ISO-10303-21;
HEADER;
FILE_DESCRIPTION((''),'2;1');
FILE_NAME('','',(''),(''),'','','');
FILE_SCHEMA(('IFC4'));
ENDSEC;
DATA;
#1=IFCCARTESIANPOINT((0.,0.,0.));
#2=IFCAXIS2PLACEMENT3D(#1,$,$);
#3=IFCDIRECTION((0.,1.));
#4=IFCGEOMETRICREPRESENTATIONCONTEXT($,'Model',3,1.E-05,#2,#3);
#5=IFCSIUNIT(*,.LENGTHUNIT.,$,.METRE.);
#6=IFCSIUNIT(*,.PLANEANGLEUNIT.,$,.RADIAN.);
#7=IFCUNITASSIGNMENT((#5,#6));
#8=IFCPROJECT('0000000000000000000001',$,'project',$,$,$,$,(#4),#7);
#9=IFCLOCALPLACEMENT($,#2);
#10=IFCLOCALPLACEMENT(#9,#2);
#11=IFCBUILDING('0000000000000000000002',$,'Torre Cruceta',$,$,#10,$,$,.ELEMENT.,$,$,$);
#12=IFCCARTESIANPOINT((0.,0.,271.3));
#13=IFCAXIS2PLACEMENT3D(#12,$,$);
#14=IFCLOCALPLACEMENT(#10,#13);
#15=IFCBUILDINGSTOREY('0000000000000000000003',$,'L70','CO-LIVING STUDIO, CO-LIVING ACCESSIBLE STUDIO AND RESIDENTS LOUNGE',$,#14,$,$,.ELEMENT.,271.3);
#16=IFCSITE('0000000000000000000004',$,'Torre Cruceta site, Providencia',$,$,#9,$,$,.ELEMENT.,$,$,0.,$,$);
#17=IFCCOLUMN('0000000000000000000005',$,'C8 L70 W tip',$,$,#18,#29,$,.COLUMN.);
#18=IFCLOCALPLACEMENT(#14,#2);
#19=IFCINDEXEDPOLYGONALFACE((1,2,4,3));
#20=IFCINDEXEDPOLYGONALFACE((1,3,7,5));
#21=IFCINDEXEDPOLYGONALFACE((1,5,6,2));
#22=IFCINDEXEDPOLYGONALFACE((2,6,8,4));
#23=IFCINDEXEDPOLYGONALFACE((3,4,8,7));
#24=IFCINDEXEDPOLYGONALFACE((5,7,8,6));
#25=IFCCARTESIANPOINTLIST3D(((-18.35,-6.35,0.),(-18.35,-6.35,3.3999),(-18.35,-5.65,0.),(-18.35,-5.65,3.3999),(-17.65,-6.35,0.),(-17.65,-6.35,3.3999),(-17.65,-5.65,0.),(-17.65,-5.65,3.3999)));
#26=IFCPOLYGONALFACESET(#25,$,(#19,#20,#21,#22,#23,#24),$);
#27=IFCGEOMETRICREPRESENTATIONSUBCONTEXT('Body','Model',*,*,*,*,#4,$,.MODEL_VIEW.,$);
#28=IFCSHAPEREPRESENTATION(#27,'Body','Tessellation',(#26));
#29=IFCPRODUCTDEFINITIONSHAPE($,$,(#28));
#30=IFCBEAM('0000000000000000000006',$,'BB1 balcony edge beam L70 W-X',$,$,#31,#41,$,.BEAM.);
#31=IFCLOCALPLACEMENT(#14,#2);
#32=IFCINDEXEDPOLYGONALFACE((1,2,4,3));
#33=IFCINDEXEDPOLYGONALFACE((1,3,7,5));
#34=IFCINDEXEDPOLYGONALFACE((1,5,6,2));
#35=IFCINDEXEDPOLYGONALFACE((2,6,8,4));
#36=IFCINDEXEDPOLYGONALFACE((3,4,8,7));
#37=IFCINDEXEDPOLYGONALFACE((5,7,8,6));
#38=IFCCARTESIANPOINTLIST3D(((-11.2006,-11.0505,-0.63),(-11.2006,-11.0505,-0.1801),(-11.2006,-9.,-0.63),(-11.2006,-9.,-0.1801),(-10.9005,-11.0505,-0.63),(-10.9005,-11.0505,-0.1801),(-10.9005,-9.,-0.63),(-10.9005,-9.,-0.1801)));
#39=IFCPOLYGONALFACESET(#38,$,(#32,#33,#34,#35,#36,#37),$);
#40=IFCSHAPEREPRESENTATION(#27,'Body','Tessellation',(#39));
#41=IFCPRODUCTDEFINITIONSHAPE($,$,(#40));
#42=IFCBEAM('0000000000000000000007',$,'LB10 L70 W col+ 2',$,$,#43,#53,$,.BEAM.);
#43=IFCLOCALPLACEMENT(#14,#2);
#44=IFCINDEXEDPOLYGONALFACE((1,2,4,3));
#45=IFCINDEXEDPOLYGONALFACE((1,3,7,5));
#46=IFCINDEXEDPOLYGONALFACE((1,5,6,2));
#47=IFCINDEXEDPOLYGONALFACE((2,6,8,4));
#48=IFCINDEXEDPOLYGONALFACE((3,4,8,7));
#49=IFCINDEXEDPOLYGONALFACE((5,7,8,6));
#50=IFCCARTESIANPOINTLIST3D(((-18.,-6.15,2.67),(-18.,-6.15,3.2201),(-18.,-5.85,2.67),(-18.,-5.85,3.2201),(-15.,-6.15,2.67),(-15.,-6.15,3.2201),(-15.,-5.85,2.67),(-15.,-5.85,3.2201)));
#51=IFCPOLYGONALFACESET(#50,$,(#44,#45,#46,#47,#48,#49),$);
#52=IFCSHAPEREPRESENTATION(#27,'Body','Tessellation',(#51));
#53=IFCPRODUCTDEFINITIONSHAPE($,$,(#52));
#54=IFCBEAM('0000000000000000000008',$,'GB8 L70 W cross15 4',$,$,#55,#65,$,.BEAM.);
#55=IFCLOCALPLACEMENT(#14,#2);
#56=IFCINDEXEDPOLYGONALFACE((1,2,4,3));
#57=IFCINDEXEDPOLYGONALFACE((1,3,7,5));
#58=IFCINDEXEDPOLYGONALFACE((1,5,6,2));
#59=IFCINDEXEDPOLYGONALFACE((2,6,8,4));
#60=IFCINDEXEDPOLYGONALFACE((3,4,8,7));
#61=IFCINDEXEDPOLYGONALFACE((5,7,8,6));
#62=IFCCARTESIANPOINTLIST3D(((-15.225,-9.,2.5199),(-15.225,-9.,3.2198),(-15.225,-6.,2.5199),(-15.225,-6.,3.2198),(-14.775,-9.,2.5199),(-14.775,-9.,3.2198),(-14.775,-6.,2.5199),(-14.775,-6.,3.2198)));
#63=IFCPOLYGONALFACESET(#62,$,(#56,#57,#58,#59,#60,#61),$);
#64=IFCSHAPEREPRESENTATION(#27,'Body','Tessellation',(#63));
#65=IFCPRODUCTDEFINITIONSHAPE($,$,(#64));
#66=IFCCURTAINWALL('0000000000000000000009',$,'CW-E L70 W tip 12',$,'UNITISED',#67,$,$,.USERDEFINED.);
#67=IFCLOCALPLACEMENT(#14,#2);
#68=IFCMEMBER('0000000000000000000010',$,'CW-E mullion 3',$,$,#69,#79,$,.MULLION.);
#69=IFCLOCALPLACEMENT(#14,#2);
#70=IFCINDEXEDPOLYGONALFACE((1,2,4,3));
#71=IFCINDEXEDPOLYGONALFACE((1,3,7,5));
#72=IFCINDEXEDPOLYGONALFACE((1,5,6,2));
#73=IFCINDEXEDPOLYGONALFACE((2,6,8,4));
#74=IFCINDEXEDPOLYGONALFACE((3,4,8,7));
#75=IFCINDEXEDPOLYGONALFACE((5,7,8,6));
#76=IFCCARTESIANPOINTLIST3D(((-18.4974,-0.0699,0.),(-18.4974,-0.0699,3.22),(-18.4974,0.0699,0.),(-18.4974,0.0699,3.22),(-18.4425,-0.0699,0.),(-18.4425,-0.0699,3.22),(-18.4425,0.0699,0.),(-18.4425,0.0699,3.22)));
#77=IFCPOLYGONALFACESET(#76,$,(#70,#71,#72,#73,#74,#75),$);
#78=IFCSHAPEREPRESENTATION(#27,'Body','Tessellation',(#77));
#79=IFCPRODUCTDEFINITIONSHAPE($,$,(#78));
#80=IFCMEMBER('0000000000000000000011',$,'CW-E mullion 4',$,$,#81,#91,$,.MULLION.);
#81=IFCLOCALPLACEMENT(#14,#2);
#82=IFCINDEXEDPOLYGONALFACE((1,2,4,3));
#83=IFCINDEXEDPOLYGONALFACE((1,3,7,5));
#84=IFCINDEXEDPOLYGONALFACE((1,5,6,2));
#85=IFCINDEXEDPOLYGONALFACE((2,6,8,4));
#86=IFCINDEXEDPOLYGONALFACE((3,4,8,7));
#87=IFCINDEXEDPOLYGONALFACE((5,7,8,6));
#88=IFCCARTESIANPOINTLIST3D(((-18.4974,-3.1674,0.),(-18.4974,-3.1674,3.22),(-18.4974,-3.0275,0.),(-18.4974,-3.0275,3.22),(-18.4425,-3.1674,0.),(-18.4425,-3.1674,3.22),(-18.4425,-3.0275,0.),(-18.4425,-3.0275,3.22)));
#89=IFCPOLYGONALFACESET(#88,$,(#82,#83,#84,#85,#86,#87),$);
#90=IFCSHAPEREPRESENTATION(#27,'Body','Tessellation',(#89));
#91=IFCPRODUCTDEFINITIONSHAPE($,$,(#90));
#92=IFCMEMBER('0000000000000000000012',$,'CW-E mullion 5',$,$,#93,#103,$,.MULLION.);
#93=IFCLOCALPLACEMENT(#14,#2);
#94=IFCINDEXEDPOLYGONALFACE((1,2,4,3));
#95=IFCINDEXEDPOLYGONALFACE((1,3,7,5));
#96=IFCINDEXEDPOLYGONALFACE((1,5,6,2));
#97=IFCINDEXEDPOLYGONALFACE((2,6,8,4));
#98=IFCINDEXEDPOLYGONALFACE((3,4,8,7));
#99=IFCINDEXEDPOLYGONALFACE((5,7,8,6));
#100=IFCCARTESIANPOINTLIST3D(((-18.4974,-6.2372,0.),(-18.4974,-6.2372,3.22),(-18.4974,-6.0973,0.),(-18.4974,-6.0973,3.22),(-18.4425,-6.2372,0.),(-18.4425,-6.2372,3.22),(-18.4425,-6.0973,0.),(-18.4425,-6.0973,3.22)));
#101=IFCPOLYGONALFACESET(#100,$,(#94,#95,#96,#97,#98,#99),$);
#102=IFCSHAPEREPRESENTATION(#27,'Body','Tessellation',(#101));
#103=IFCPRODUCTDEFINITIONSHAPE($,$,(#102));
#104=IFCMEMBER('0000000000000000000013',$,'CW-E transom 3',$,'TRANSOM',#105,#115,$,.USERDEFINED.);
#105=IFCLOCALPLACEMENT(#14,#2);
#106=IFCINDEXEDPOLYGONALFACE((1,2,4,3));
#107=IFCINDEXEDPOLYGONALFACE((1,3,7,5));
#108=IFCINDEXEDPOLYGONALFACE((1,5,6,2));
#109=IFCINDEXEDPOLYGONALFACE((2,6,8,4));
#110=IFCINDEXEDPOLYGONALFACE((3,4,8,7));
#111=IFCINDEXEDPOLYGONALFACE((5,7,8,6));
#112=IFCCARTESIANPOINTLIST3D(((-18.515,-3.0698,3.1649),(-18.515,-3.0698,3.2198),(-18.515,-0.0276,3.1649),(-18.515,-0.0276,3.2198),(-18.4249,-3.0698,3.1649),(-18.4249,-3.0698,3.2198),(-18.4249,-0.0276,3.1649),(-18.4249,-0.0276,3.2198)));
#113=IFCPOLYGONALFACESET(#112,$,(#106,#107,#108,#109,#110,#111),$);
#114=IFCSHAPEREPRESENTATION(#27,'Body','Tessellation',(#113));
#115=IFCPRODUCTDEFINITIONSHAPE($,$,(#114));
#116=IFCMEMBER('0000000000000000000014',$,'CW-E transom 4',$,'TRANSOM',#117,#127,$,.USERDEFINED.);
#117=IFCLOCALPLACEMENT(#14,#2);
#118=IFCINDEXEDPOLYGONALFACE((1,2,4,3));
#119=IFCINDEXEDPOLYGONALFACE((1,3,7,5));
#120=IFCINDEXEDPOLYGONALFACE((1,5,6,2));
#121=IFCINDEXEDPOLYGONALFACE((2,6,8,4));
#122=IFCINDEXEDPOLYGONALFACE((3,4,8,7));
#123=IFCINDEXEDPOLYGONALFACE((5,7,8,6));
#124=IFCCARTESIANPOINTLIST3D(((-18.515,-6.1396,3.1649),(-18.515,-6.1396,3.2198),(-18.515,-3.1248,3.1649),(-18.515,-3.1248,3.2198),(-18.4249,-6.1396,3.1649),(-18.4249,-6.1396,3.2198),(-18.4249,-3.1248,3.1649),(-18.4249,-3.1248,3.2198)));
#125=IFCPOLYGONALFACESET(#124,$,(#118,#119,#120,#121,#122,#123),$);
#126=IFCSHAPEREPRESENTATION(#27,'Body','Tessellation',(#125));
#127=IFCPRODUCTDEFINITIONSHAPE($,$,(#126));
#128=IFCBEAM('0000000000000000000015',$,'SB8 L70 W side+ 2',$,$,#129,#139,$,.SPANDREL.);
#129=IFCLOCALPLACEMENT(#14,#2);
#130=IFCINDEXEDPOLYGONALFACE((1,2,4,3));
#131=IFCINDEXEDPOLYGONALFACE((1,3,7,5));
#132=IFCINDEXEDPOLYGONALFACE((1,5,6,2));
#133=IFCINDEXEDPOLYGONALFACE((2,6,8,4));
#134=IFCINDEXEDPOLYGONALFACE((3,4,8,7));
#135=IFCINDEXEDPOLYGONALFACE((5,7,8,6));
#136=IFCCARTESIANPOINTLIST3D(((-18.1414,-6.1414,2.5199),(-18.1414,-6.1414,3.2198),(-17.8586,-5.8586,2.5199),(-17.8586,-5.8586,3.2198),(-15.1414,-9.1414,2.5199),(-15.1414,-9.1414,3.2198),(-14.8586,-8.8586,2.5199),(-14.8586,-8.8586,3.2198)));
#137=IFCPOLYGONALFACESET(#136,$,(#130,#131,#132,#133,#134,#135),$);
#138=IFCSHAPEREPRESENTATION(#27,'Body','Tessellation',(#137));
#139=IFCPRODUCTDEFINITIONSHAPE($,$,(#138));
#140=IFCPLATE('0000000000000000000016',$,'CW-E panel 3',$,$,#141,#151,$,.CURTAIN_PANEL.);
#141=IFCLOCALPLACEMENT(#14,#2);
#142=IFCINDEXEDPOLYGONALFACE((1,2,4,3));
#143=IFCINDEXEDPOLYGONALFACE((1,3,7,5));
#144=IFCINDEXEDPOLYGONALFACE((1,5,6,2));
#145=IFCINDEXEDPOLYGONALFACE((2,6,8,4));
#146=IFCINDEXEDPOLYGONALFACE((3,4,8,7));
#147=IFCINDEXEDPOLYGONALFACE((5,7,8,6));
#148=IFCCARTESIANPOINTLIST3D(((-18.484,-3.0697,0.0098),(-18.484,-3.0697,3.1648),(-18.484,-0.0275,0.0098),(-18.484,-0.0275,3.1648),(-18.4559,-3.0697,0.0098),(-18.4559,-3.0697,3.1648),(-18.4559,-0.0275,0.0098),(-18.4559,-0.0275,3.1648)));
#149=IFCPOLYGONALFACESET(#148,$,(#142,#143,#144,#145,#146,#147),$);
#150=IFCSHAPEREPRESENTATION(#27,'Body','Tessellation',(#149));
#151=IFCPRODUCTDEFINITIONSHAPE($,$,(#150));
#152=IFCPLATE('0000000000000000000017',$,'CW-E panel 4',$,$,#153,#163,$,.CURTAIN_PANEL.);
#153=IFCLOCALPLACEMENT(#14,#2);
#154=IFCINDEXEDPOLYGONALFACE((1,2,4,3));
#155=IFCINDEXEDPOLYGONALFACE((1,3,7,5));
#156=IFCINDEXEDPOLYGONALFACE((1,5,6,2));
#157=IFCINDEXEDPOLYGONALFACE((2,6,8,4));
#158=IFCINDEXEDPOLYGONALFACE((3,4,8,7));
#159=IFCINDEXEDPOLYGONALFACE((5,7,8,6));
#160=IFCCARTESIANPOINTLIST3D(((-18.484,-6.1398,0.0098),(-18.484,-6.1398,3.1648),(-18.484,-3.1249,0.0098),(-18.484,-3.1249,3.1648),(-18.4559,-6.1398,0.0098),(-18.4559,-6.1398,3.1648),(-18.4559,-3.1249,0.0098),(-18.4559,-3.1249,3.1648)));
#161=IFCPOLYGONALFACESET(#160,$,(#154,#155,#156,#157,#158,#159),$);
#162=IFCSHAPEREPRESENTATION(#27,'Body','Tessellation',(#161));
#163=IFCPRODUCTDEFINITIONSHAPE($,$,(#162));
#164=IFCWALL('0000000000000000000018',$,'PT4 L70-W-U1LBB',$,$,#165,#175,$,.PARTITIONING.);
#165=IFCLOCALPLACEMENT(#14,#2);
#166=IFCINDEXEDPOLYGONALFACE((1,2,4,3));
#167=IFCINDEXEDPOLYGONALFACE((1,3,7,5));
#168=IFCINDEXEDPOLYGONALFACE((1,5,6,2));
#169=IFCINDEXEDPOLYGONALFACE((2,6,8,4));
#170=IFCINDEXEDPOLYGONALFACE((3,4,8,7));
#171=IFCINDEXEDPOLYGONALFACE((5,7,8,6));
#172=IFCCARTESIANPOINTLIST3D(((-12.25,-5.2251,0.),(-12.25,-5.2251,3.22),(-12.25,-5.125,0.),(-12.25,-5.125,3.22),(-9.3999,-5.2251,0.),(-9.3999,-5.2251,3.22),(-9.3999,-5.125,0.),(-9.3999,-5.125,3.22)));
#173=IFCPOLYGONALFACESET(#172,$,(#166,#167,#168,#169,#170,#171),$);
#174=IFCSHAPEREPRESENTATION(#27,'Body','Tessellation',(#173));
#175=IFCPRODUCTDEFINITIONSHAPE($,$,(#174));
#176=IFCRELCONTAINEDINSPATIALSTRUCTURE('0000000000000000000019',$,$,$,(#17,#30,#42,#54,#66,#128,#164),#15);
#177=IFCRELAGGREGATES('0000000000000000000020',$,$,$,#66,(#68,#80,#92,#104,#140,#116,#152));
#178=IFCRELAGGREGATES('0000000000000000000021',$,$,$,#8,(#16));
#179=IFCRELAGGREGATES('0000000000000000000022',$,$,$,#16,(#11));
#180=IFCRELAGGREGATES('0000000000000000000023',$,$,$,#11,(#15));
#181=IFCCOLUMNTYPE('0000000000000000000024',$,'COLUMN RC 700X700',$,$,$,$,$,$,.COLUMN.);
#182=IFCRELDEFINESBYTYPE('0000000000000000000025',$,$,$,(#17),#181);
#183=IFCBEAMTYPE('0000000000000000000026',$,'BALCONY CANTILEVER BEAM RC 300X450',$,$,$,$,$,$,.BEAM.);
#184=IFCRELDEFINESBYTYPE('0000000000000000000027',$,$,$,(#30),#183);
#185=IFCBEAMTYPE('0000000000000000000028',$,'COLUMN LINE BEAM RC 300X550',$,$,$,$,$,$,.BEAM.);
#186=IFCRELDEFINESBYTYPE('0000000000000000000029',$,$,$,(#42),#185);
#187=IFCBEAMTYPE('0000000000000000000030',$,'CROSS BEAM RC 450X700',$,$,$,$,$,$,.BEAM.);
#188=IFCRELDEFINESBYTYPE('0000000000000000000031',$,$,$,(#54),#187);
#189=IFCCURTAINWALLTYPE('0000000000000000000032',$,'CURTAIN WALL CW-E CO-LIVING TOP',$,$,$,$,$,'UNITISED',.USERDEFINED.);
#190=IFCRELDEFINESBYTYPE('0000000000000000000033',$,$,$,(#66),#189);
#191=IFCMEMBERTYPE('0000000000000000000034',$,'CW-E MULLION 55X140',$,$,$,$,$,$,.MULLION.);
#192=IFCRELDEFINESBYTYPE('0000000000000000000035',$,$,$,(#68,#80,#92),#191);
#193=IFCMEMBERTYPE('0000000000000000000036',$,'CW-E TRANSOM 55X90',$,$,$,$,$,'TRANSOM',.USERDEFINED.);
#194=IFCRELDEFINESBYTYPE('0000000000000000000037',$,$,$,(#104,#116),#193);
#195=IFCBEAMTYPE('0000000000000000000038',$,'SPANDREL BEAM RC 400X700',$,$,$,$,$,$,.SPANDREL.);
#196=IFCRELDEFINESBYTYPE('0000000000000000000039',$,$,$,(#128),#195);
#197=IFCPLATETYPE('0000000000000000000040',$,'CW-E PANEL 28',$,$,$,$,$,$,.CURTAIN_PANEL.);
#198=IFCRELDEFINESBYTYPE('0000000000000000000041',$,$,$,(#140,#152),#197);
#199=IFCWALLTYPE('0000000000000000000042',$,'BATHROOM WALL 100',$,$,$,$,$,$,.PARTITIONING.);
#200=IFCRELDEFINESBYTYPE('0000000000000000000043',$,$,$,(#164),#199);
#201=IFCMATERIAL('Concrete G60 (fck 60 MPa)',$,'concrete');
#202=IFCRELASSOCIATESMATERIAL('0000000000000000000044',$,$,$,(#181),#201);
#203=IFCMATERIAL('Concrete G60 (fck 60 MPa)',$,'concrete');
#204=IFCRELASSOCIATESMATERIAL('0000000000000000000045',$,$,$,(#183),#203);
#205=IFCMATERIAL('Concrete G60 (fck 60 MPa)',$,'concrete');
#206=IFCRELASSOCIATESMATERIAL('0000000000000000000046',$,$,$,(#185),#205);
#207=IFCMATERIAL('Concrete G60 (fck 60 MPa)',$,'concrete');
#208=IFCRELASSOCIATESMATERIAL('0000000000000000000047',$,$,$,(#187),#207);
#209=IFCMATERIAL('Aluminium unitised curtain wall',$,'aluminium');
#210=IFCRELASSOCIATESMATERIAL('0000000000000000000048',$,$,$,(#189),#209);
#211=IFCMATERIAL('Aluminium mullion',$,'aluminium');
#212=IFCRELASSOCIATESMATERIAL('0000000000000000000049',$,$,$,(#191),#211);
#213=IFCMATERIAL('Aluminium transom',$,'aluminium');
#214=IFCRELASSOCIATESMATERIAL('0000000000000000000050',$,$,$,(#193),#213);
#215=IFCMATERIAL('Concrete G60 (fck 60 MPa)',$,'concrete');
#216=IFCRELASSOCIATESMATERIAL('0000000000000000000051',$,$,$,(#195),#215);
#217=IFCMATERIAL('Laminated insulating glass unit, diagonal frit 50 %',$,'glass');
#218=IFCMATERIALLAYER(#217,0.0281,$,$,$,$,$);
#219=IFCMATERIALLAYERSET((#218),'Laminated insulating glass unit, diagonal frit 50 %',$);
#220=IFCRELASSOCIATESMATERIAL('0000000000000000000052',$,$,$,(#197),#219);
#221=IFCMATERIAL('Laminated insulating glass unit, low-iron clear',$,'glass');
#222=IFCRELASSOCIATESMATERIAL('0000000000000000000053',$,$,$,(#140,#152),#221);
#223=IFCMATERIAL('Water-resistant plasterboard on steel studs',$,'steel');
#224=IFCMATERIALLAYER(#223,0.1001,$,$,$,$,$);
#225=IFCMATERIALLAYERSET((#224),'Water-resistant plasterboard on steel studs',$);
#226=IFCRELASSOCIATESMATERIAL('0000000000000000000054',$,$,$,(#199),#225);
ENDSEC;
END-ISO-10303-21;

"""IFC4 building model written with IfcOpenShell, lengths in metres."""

from ifc_helpers import new_model, si_unit, direction, frame, frame_2d, origin, origin_2d, place, context, subcontext, project, spatial, rectangle, extrude, material, layer, layer_set, material_profile, profile_set, type_object, element, aggregate, save


model = new_model("IFC4")

# Units and contexts
model_context = context("Model", 3, precision=1e-05, world=origin(), true_north=direction((0.0, 1.0)))
body_context = subcontext(model_context, "Body", "Model", "MODEL_VIEW")
ifc_project = project(units=[si_unit("LENGTHUNIT", "METRE"), si_unit("PLANEANGLEUNIT", "RADIAN")], contexts=[model_context])

# Site, building, storey
site_placement = place(None, origin())
site = spatial("IfcSite", under=ifc_project, at=site_placement, Name="Torre Cruceta site, Providencia", CompositionType="ELEMENT", RefElevation=0.0)
building_placement = place(site_placement, origin())
building = spatial("IfcBuilding", under=site, at=building_placement, Name="Torre Cruceta", CompositionType="ELEMENT")
storey_placement = place(building_placement, frame((0.0, 0.0, 271.3)))
storey = spatial("IfcBuildingStorey", under=building, at=storey_placement, Name="L70", Description="CO-LIVING STUDIO, CO-LIVING ACCESSIBLE STUDIO AND RESIDENTS LOUNGE", CompositionType="ELEMENT", Elevation=271.3)

# Column
ifc_material_1 = material(Name="Concrete G60 (fck 60 MPa)", Category="concrete")
ifc_material_profile_1 = material_profile(ifc_material_1, rectangle(XDim=0.7, YDim=0.7, at=origin_2d()), Name="RC 700X700")
ifc_profile_set_1 = profile_set([ifc_material_profile_1], Name="Concrete G60 (fck 60 MPa)")
column_type = type_object("IfcColumnType", Name="COLUMN RC 700X700", PredefinedType="COLUMN", material=ifc_profile_set_1)
column_placement = place(storey_placement, frame((-18.0, -6.0, 0.0), z_axis=(0.0, 0.0, 1.0), x_axis=(1.0, 0.0, 0.0)))
element("IfcColumn", 1, at=column_placement, inside=storey, type_object=column_type, Name="C8 L70 W tip", PredefinedType="COLUMN", context=body_context, shape_type="SweptSolid", body=[
    extrude(rectangle(XDim=0.7, YDim=0.7, at=origin_2d()), origin(), (0.0, 0.0, 1.0), 3.3999),
])

# Beams
ifc_material_2 = material(Name="Concrete G60 (fck 60 MPa)", Category="concrete")
ifc_material_profile_2 = material_profile(ifc_material_2, rectangle(XDim=0.3, YDim=0.45, at=origin_2d()), Name="RC 300X450")
ifc_profile_set_2 = profile_set([ifc_material_profile_2], Name="Concrete G60 (fck 60 MPa)")
beam_type_1 = type_object("IfcBeamType", Name="BALCONY CANTILEVER BEAM RC 300X450", PredefinedType="BEAM", material=ifc_profile_set_2)
beam_1_placement = place(storey_placement, frame((-11.0505, -9.0, -0.405), z_axis=(0.0, -1.0, 0.0), x_axis=(1.0, 0.0, 0.0)))
element("IfcBeam", 2, at=beam_1_placement, inside=storey, type_object=beam_type_1, Name="BB1 balcony edge beam L70 W-X", PredefinedType="BEAM", context=body_context, shape_type="SweptSolid", body=[
    extrude(rectangle(XDim=0.3, YDim=0.45, at=origin_2d()), origin(), (0.0, 0.0, 1.0), 2.0505),
])
ifc_material_3 = material(Name="Concrete G60 (fck 60 MPa)", Category="concrete")
ifc_material_profile_3 = material_profile(ifc_material_3, rectangle(XDim=0.3, YDim=0.55, at=origin_2d()), Name="RC 300X550")
ifc_profile_set_3 = profile_set([ifc_material_profile_3], Name="Concrete G60 (fck 60 MPa)")
beam_type_2 = type_object("IfcBeamType", Name="COLUMN LINE BEAM RC 300X550", PredefinedType="BEAM", material=ifc_profile_set_3)
beam_2_placement = place(storey_placement, frame((-15.0, -6.0, 2.9451), z_axis=(-1.0, 0.0, 0.0), x_axis=(0.0, -1.0, 0.0)))
element("IfcBeam", 3, at=beam_2_placement, inside=storey, type_object=beam_type_2, Name="LB10 L70 W col+ 2", PredefinedType="BEAM", context=body_context, shape_type="SweptSolid", body=[
    extrude(rectangle(XDim=0.3, YDim=0.55, at=origin_2d()), origin(), (0.0, 0.0, 1.0), 3.0),
])
ifc_material_4 = material(Name="Concrete G60 (fck 60 MPa)", Category="concrete")
ifc_material_profile_4 = material_profile(ifc_material_4, rectangle(XDim=0.45, YDim=0.7, at=origin_2d()), Name="RC 450X700")
ifc_profile_set_4 = profile_set([ifc_material_profile_4], Name="Concrete G60 (fck 60 MPa)")
beam_type_3 = type_object("IfcBeamType", Name="CROSS BEAM RC 450X700", PredefinedType="BEAM", material=ifc_profile_set_4)
beam_3_placement = place(storey_placement, frame((-15.0, -6.0, 2.8699), z_axis=(0.0, -1.0, 0.0), x_axis=(1.0, 0.0, 0.0)))
element("IfcBeam", 4, at=beam_3_placement, inside=storey, type_object=beam_type_3, Name="GB8 L70 W cross15 4", PredefinedType="BEAM", context=body_context, shape_type="SweptSolid", body=[
    extrude(rectangle(XDim=0.45, YDim=0.7, at=origin_2d()), origin(), (0.0, 0.0, 1.0), 3.0),
])

# Curtain wall, members
ifc_material_5 = material(Name="Aluminium unitised curtain wall", Category="aluminium")
curtain_wall_type = type_object("IfcCurtainWallType", Name="CURTAIN WALL CW-E CO-LIVING TOP", ElementType="UNITISED", PredefinedType="USERDEFINED", material=ifc_material_5)
curtain_wall_placement = place(storey_placement, origin())
curtain_wall = element("IfcCurtainWall", 5, at=curtain_wall_placement, inside=storey, type_object=curtain_wall_type, Name="CW-E L70 W tip 12", ObjectType="UNITISED", PredefinedType="USERDEFINED")
ifc_material_6 = material(Name="Aluminium mullion", Category="aluminium")
ifc_material_profile_5 = material_profile(ifc_material_6, rectangle(XDim=0.0549, YDim=0.1399, at=origin_2d()), Name="AL 55X140")
ifc_profile_set_5 = profile_set([ifc_material_profile_5], Name="Aluminium mullion")
member_type_1 = type_object("IfcMemberType", Name="CW-E MULLION 55X140", PredefinedType="MULLION", material=ifc_profile_set_5)
member_1_placement = place(storey_placement, frame((-18.47, 0.0, 0.0), z_axis=(0.0, 0.0, 1.0), x_axis=(1.0, 0.0, 0.0)))
member_1 = element("IfcMember", 6, at=member_1_placement, type_object=member_type_1, Name="CW-E mullion 3", PredefinedType="MULLION", context=body_context, shape_type="SweptSolid", body=[
    extrude(rectangle(XDim=0.0549, YDim=0.1399, at=origin_2d()), origin(), (0.0, 0.0, 1.0), 3.22),
])
member_2_placement = place(storey_placement, frame((-18.47, -3.0974, 0.0), z_axis=(0.0, 0.0, 1.0), x_axis=(1.0, 0.0, 0.0)))
member_2 = element("IfcMember", 7, at=member_2_placement, type_object=member_type_1, Name="CW-E mullion 4", PredefinedType="MULLION", context=body_context, shape_type="SweptSolid", body=[
    extrude(rectangle(XDim=0.0549, YDim=0.1399, at=origin_2d()), origin(), (0.0, 0.0, 1.0), 3.22),
])
member_3_placement = place(storey_placement, frame((-18.47, -6.1672, 0.0), z_axis=(0.0, 0.0, 1.0), x_axis=(1.0, 0.0, 0.0)))
member_3 = element("IfcMember", 8, at=member_3_placement, type_object=member_type_1, Name="CW-E mullion 5", PredefinedType="MULLION", context=body_context, shape_type="SweptSolid", body=[
    extrude(rectangle(XDim=0.0549, YDim=0.1399, at=origin_2d()), origin(), (0.0, 0.0, 1.0), 3.22),
])
ifc_material_7 = material(Name="Aluminium transom", Category="aluminium")
ifc_material_profile_6 = material_profile(ifc_material_7, rectangle(XDim=0.0901, YDim=0.0549, at=origin_2d()), Name="AL 90X55")
ifc_profile_set_6 = profile_set([ifc_material_profile_6], Name="Aluminium transom")
member_type_2 = type_object("IfcMemberType", Name="CW-E TRANSOM 55X90", ElementType="TRANSOM", PredefinedType="USERDEFINED", material=ifc_profile_set_6)
member_4_placement = place(storey_placement, frame((-18.47, -0.0276, 3.1924), z_axis=(0.0, -1.0, 0.0), x_axis=(1.0, 0.0, 0.0)))
member_4 = element("IfcMember", 9, at=member_4_placement, type_object=member_type_2, Name="CW-E transom 3", ObjectType="TRANSOM", PredefinedType="USERDEFINED", context=body_context, shape_type="SweptSolid", body=[
    extrude(rectangle(XDim=0.0901, YDim=0.0549, at=origin_2d()), origin(), (0.0, 0.0, 1.0), 3.0422),
])
member_5_placement = place(storey_placement, frame((-18.47, -3.1248, 3.1924), z_axis=(0.0, -1.0, 0.0), x_axis=(1.0, 0.0, 0.0)))
member_5 = element("IfcMember", 10, at=member_5_placement, type_object=member_type_2, Name="CW-E transom 4", ObjectType="TRANSOM", PredefinedType="USERDEFINED", context=body_context, shape_type="SweptSolid", body=[
    extrude(rectangle(XDim=0.0901, YDim=0.0549, at=origin_2d()), origin(), (0.0, 0.0, 1.0), 3.0149),
])

# Beam
ifc_material_8 = material(Name="Concrete G60 (fck 60 MPa)", Category="concrete")
ifc_material_profile_7 = material_profile(ifc_material_8, rectangle(XDim=0.3999, YDim=0.7, at=origin_2d()), Name="RC 400X700")
ifc_profile_set_7 = profile_set([ifc_material_profile_7], Name="Concrete G60 (fck 60 MPa)")
beam_type_4 = type_object("IfcBeamType", Name="SPANDREL BEAM RC 400X700", PredefinedType="SPANDREL", material=ifc_profile_set_7)
beam_4_placement = place(storey_placement, frame((-15.0, -9.0, 2.8699), z_axis=(-0.707107, 0.707107, 0.0), x_axis=(-0.707107, -0.707107, 0.0)))
element("IfcBeam", 11, at=beam_4_placement, inside=storey, type_object=beam_type_4, Name="SB8 L70 W side+ 2", PredefinedType="SPANDREL", context=body_context, shape_type="SweptSolid", body=[
    extrude(rectangle(XDim=0.3999, YDim=0.7, at=origin_2d()), origin(), (0.0, 0.0, 1.0), 4.2427),
])

# Plates
ifc_material_9 = material(Name="Laminated insulating glass unit, low-iron clear", Category="glass")
ifc_material_10 = material(Name="Laminated insulating glass unit, diagonal frit 50 %", Category="glass")
ifc_layer_1 = layer(ifc_material_10, 0.0281)
ifc_layer_set_1 = layer_set([ifc_layer_1], Name="Laminated insulating glass unit, diagonal frit 50 %")
plate_type = type_object("IfcPlateType", Name="CW-E PANEL 28", PredefinedType="CURTAIN_PANEL", material=ifc_layer_set_1)
plate_1_placement = place(storey_placement, frame((-18.47, -1.5486, 0.0098), z_axis=(0.0, 0.0, 1.0), x_axis=(0.0, -1.0, 0.0)))
plate_1 = element("IfcPlate", 12, at=plate_1_placement, type_object=plate_type, material=ifc_material_9, Name="CW-E panel 3", PredefinedType="CURTAIN_PANEL", context=body_context, shape_type="SweptSolid", body=[
    extrude(rectangle(XDim=3.0422, YDim=0.0281, at=origin_2d()), origin(), (0.0, 0.0, 1.0), 3.155),
])
plate_2_placement = place(storey_placement, frame((-18.47, -4.6323, 0.0098), z_axis=(0.0, 0.0, 1.0), x_axis=(0.0, -1.0, 0.0)))
plate_2 = element("IfcPlate", 13, at=plate_2_placement, type_object=plate_type, material=ifc_material_9, Name="CW-E panel 4", PredefinedType="CURTAIN_PANEL", context=body_context, shape_type="SweptSolid", body=[
    extrude(rectangle(XDim=3.0149, YDim=0.0281, at=origin_2d()), origin(), (0.0, 0.0, 1.0), 3.155),
])
aggregate(curtain_wall, [member_1, member_2, member_3, member_4, plate_1, member_5, plate_2])

# Wall
ifc_material_11 = material(Name="Water-resistant plasterboard on steel studs", Category="steel")
ifc_layer_2 = layer(ifc_material_11, 0.1001)
ifc_layer_set_2 = layer_set([ifc_layer_2], Name="Water-resistant plasterboard on steel studs")
wall_type_1 = type_object("IfcWallType", Name="BATHROOM WALL 100", PredefinedType="PARTITIONING", material=ifc_layer_set_2)
wall_1_placement = place(storey_placement, frame((-9.3999, -5.175, 0.0), z_axis=(0.0, 0.0, 1.0), x_axis=(-1.0, 0.0, 0.0)))
element("IfcWall", 14, at=wall_1_placement, inside=storey, type_object=wall_type_1, Name="PT4 L70-W-U1LBB", PredefinedType="PARTITIONING", context=body_context, shape_type="SweptSolid", body=[
    extrude(rectangle(XDim=2.8501, YDim=0.1001, at=frame_2d((1.425, 0.0))), origin(), (0.0, 0.0, 1.0), 3.22),
])

save(model, "model.ifc")
